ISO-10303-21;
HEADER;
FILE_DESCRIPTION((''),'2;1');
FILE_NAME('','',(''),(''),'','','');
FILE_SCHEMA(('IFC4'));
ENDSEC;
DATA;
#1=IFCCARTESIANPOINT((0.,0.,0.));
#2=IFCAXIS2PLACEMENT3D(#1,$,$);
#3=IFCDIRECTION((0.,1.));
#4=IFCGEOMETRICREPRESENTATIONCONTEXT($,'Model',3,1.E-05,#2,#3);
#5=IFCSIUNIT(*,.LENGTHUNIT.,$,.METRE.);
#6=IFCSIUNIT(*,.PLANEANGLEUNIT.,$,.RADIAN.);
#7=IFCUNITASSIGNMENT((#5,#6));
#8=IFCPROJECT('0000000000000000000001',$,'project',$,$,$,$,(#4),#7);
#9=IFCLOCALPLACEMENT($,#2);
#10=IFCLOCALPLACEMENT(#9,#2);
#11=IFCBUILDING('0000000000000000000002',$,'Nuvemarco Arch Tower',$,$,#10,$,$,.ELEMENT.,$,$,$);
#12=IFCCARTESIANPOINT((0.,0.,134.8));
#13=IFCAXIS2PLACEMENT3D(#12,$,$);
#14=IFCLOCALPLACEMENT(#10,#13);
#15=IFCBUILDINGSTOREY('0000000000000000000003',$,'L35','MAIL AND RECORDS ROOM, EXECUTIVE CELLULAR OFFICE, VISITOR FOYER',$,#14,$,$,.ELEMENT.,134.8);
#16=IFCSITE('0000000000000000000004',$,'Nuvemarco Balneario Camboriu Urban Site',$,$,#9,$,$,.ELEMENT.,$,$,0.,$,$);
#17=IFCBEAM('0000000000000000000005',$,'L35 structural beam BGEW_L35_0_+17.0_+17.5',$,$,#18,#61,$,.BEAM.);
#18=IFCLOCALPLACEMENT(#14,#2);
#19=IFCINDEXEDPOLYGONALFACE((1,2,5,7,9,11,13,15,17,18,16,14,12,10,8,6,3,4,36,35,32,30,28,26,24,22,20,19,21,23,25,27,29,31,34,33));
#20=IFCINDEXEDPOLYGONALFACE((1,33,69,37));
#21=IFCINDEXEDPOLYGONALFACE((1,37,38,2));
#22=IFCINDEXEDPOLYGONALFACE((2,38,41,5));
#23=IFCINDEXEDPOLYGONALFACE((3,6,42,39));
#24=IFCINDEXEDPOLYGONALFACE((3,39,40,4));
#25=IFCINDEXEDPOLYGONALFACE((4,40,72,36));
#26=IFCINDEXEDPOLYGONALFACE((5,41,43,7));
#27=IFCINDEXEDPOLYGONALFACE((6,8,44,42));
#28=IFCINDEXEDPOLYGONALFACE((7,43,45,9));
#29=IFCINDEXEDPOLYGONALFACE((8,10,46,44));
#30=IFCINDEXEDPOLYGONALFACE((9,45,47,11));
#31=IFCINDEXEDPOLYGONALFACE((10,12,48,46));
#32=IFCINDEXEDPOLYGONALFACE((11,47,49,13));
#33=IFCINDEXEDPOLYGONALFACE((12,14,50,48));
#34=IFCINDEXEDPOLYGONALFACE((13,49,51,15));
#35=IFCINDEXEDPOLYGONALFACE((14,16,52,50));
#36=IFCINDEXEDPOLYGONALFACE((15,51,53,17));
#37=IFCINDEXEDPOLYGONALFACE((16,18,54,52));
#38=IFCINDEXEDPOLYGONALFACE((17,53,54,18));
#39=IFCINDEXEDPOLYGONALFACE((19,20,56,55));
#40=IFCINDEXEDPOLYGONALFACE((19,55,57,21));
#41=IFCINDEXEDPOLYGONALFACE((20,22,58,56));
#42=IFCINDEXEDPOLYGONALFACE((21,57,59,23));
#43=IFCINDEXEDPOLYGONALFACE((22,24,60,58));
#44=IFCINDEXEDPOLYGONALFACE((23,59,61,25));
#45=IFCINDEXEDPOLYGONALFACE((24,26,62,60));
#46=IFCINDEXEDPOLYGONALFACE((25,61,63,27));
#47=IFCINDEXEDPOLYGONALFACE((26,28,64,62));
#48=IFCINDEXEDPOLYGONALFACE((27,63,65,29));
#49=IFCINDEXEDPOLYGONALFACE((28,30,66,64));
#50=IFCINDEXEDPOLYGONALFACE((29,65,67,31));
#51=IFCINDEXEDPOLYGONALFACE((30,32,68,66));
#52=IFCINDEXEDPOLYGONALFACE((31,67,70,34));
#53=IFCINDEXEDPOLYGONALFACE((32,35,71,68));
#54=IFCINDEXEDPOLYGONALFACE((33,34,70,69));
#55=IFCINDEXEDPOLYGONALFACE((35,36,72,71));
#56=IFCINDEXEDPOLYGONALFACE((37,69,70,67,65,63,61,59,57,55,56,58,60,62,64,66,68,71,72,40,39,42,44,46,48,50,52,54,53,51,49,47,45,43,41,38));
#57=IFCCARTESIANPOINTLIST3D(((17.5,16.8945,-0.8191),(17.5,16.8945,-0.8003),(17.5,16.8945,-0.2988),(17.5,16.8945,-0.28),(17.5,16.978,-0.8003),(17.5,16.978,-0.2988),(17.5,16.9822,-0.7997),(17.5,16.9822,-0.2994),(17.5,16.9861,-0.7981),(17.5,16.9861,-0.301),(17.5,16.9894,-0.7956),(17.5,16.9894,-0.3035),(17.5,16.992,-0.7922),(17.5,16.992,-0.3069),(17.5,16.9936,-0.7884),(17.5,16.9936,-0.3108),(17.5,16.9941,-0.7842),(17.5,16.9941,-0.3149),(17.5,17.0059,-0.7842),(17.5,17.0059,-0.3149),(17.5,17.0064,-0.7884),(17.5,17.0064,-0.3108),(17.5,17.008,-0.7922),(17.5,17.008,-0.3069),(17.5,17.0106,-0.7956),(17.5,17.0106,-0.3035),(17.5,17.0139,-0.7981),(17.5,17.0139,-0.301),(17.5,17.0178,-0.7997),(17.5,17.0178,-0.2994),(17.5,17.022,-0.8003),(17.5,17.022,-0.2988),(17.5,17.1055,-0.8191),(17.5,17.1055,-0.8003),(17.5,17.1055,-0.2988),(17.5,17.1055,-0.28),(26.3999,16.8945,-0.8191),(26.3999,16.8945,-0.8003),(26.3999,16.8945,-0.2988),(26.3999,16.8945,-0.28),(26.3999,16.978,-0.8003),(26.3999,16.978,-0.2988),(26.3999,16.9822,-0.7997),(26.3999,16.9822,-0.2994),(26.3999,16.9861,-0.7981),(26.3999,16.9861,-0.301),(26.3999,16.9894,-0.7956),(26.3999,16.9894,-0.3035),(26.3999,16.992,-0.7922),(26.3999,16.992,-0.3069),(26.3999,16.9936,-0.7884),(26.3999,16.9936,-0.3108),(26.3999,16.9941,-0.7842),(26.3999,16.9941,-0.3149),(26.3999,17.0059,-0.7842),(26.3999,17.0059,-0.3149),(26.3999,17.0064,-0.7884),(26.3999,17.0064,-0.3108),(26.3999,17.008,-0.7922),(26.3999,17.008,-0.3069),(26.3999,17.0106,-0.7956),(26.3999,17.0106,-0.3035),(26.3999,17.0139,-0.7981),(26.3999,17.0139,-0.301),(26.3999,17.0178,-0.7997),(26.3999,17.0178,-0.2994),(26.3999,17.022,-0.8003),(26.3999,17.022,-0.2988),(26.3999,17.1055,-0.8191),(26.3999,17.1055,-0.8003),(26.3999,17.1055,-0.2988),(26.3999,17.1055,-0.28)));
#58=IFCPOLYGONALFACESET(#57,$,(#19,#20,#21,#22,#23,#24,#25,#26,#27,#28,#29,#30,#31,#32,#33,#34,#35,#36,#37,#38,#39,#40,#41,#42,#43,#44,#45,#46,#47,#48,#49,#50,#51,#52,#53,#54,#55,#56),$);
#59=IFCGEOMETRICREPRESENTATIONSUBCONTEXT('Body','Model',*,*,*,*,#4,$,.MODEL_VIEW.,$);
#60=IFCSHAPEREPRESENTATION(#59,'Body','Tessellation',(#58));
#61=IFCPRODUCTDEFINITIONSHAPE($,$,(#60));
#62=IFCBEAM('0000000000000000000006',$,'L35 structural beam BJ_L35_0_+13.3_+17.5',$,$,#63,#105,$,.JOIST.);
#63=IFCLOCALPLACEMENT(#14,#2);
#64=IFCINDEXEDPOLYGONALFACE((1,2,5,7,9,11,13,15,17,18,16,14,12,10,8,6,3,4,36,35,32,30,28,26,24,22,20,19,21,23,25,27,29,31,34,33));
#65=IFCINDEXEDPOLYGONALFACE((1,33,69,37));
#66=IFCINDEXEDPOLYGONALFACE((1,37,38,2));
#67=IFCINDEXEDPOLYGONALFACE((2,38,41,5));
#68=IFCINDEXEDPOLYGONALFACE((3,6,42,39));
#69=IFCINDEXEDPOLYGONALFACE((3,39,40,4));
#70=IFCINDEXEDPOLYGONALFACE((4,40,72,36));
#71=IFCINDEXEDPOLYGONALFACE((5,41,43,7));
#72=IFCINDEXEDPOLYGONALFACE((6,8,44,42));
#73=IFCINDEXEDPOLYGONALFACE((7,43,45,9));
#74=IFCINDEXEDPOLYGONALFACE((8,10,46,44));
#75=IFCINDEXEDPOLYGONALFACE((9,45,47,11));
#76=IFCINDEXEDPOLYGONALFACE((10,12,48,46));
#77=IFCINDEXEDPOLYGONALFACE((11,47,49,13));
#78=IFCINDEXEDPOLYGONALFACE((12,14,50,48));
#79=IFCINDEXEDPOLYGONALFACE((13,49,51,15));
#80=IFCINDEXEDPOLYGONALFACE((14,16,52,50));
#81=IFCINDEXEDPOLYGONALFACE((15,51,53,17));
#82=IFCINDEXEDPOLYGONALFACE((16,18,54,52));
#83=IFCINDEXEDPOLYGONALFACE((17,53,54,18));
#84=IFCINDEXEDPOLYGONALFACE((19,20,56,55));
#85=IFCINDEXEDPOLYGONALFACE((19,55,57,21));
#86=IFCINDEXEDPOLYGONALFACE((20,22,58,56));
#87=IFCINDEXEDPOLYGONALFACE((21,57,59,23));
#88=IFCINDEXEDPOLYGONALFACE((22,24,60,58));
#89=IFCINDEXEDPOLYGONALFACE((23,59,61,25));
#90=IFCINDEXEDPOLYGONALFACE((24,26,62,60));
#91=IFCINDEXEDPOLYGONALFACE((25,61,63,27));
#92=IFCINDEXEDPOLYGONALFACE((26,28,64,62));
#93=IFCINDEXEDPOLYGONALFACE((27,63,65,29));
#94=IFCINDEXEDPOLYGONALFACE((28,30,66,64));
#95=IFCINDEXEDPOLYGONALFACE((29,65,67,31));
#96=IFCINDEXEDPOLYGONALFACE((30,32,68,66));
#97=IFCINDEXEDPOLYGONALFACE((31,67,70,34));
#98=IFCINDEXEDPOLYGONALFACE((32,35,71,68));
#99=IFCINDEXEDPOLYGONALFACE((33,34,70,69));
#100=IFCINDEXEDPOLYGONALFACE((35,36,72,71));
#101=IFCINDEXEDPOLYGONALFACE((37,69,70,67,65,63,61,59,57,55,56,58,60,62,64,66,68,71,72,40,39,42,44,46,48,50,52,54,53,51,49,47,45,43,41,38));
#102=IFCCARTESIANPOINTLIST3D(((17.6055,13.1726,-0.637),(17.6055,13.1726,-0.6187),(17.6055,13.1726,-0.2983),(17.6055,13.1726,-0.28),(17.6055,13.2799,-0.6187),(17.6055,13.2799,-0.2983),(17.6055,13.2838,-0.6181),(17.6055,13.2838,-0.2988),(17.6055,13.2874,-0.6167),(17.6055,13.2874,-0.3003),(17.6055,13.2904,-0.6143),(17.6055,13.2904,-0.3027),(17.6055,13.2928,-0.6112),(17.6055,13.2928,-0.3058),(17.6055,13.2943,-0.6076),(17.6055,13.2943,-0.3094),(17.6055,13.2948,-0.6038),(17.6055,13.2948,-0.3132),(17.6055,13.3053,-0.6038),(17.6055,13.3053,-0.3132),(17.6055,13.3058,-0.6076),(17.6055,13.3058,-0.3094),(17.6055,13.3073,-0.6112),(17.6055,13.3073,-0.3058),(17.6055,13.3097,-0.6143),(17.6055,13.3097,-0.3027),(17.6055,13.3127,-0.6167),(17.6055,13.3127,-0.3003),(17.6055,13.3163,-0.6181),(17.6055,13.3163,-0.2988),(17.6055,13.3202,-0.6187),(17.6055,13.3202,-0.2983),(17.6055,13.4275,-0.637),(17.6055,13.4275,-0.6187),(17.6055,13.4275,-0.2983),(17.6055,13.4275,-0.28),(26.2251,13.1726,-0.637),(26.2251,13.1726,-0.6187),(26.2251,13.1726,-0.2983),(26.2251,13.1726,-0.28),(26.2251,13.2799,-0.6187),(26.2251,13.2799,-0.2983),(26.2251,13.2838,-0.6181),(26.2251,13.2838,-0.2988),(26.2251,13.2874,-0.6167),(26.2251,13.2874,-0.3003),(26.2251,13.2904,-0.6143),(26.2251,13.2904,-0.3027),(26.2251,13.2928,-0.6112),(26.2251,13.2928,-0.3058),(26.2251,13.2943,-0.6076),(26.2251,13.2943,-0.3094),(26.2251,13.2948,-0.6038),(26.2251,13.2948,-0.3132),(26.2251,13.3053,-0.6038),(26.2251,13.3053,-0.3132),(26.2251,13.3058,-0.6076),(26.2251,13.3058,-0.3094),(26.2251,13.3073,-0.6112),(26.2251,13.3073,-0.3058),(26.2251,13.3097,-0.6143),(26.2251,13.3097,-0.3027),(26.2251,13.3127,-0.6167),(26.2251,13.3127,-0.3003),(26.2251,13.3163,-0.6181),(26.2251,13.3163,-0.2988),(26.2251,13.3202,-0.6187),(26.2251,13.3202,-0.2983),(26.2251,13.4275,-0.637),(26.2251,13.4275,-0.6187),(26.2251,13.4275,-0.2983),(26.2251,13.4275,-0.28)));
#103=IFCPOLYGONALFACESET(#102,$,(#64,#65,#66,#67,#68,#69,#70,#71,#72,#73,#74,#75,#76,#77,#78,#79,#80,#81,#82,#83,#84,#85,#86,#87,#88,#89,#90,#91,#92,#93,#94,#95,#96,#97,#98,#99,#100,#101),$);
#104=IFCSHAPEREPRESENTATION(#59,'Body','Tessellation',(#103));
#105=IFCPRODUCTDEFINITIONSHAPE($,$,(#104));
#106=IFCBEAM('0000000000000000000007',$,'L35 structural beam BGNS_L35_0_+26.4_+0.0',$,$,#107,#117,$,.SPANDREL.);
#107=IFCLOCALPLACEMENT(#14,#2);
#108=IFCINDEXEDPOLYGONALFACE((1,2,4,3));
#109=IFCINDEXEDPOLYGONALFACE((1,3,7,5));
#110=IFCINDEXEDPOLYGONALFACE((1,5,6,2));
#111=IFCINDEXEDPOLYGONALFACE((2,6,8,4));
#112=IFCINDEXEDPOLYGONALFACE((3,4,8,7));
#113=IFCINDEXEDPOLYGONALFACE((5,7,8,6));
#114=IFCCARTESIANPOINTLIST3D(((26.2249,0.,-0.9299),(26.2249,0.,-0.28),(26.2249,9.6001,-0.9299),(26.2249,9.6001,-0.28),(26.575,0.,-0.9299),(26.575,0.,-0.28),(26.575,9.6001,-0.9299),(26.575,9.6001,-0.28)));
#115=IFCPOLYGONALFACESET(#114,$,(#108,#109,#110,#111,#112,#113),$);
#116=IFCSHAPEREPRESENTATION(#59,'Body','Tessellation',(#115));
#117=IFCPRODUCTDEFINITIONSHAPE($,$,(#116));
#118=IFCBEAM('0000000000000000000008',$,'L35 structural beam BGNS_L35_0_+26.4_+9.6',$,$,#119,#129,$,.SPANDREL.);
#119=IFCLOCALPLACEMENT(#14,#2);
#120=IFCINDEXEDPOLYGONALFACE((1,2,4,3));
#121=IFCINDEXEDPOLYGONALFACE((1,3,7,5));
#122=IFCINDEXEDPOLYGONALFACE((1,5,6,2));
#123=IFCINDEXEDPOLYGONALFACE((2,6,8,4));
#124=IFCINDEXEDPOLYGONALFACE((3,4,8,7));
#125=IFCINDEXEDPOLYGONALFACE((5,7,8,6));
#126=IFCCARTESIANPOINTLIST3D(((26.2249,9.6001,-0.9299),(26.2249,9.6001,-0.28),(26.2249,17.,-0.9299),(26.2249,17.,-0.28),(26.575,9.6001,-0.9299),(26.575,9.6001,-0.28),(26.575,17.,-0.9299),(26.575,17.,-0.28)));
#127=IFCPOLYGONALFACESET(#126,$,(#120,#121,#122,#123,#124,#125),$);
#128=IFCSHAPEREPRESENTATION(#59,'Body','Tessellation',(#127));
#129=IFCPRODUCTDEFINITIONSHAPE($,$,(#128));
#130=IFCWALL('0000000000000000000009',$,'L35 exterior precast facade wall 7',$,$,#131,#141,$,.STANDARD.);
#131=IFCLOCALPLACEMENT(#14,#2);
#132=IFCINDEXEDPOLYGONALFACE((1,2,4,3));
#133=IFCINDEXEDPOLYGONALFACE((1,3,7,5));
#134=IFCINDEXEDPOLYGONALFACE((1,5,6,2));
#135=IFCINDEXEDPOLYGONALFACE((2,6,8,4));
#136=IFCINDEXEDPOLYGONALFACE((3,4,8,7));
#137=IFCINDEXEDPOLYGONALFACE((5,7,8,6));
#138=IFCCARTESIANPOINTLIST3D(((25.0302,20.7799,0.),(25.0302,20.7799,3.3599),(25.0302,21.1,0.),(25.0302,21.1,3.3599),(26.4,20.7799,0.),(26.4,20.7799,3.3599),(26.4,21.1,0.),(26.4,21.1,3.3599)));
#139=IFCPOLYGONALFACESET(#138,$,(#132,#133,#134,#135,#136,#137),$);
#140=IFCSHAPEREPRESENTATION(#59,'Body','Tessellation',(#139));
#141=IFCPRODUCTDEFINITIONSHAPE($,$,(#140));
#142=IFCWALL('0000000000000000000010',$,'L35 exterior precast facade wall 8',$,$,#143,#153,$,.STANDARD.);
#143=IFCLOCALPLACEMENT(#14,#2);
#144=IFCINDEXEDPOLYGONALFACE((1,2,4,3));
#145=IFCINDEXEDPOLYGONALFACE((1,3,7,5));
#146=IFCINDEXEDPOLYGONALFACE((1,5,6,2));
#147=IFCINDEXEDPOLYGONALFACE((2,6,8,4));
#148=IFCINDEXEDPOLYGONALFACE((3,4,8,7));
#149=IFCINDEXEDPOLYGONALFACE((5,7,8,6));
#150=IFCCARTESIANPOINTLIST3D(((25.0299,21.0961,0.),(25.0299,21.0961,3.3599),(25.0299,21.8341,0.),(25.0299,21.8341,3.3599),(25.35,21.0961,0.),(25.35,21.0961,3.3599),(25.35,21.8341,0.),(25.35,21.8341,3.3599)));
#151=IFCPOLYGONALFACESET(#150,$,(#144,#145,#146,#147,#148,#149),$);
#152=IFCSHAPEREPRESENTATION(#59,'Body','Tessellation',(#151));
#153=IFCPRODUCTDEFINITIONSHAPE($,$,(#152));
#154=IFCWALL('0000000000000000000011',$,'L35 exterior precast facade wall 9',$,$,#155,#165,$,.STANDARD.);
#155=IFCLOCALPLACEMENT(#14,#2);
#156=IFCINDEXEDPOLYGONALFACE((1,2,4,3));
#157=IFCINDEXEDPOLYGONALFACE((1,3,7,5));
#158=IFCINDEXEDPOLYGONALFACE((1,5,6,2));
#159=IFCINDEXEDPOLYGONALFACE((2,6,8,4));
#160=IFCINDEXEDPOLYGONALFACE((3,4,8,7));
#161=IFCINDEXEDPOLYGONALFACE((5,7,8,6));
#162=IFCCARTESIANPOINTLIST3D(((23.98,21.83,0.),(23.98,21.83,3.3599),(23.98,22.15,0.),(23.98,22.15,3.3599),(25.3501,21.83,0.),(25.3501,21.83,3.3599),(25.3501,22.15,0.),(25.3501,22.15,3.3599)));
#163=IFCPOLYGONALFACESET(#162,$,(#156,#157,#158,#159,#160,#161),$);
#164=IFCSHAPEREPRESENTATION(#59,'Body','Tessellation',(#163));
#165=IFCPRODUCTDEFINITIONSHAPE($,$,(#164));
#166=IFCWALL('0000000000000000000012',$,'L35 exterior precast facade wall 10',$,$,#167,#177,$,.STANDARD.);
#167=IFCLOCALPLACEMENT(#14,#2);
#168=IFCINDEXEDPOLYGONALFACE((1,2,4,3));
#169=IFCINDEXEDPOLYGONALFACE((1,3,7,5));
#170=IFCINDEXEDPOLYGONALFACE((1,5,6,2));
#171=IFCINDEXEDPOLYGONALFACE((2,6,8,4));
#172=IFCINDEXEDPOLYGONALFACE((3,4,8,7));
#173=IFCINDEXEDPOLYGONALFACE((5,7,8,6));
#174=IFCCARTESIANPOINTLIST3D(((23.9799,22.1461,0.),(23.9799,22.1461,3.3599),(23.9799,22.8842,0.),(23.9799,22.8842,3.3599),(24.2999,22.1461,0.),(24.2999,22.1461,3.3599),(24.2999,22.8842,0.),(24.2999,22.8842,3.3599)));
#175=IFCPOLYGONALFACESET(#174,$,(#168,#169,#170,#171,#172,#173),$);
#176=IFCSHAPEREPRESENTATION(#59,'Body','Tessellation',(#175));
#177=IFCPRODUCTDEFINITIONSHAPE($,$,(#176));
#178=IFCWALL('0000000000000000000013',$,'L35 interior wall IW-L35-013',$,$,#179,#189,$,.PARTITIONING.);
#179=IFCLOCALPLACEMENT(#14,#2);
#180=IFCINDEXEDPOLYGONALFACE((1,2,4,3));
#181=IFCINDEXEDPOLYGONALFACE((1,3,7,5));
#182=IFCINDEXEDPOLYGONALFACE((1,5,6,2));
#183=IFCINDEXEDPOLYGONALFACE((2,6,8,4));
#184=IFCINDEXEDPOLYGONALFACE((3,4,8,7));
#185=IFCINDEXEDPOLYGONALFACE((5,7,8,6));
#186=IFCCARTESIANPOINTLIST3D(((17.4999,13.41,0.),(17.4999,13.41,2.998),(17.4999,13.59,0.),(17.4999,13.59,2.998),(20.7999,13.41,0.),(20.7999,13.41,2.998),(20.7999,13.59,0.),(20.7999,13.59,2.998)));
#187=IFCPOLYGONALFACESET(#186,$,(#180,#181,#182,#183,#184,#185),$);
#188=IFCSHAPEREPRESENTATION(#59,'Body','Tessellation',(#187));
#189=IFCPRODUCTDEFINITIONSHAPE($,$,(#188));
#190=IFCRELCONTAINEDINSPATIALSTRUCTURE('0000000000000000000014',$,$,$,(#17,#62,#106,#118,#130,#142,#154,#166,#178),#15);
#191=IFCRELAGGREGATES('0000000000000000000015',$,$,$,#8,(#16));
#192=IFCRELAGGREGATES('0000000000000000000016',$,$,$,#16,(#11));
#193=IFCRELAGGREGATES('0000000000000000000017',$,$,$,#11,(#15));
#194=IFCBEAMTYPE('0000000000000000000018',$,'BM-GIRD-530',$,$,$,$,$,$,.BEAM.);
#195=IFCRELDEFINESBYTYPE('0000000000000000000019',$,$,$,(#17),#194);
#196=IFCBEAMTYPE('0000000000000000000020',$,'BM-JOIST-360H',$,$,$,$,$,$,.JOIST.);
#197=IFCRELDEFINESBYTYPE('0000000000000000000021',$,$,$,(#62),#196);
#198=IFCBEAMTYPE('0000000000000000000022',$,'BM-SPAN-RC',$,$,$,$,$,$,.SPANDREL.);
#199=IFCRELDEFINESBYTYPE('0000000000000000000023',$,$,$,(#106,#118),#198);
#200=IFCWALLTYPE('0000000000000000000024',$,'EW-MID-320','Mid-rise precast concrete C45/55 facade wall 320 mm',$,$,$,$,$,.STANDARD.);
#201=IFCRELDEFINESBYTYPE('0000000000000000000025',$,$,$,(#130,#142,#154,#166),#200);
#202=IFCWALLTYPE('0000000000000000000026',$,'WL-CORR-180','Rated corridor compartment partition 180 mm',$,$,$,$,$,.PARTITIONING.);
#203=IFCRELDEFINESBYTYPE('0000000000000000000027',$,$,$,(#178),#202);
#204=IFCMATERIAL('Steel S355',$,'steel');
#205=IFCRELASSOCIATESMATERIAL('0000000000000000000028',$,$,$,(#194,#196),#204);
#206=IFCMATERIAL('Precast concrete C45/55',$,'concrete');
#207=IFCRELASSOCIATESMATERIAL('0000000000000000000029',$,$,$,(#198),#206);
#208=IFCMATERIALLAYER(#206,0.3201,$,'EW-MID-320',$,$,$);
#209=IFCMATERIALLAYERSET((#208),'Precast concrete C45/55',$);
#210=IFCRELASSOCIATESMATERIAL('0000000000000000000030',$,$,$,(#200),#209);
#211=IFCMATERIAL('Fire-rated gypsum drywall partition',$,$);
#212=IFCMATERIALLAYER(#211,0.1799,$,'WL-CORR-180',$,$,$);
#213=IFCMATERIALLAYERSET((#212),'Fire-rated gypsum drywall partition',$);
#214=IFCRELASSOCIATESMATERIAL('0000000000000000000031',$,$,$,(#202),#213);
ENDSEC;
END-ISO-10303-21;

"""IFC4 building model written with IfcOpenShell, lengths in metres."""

from ifc_helpers import new_model, si_unit, direction, frame, frame_2d, origin, origin_2d, place, context, subcontext, project, spatial, rectangle, i_section, extrude, material, layer, layer_set, material_profile, profile_set, type_object, element, save


model = new_model("IFC4")

# Units and contexts
model_context = context("Model", 3, precision=1e-05, world=origin(), true_north=direction((0.0, 1.0)))
body_context = subcontext(model_context, "Body", "Model", "MODEL_VIEW")
ifc_project = project(units=[si_unit("LENGTHUNIT", "METRE"), si_unit("PLANEANGLEUNIT", "RADIAN")], contexts=[model_context])

# Site, building, storey
site_placement = place(None, origin())
site = spatial("IfcSite", under=ifc_project, at=site_placement, Name="Nuvemarco Balneario Camboriu Urban Site", CompositionType="ELEMENT", RefElevation=0.0)
building_placement = place(site_placement, origin())
building = spatial("IfcBuilding", under=site, at=building_placement, Name="Nuvemarco Arch Tower", CompositionType="ELEMENT")
storey_placement = place(building_placement, frame((0.0, 0.0, 134.8)))
storey = spatial("IfcBuildingStorey", under=building, at=storey_placement, Name="L35", Description="MAIL AND RECORDS ROOM, EXECUTIVE CELLULAR OFFICE, VISITOR FOYER", CompositionType="ELEMENT", Elevation=134.8)

# Shared definitions
ifc_material_1 = material(Name="Steel S355", Category="steel")

# Beams
ifc_material_profile_1 = material_profile(ifc_material_1, i_section(OverallWidth=0.2109, OverallDepth=0.5391, WebThickness=0.0117, FlangeThickness=0.0188, FilletRadius=0.0161, at=origin_2d()), Name="W530x109")
ifc_profile_set_1 = profile_set([ifc_material_profile_1], Name="Steel S355")
beam_type_1 = type_object("IfcBeamType", Name="BM-GIRD-530", PredefinedType="BEAM", material=ifc_profile_set_1)
for number, where, z_axis, x_axis, name in (
    (1, (17.5, 17.0, -0.5496), (1.0, 0.0, 0.0), (0.0, 1.0, 0.0), "L35 structural beam BGEW_L35_0_+17.0_+17.5"),
):
    element("IfcBeam", number, at=place(storey_placement, frame(where, z_axis=z_axis, x_axis=x_axis)), inside=storey, type_object=beam_type_1, Name=name, PredefinedType="BEAM", context=body_context, shape_type="SweptSolid", body=[
        extrude(i_section(OverallWidth=0.2109, OverallDepth=0.5391, WebThickness=0.0117, FlangeThickness=0.0188, FilletRadius=0.0161, at=origin_2d()), origin(), (0.0, 0.0, 1.0), 8.8999),
    ])
ifc_material_profile_2 = material_profile(ifc_material_1, i_section(OverallWidth=0.2549, OverallDepth=0.3569, WebThickness=0.0105, FlangeThickness=0.0183, FilletRadius=0.0149, at=origin_2d()), Name="W360x101")
ifc_profile_set_2 = profile_set([ifc_material_profile_2], Name="Steel S355")
beam_type_2 = type_object("IfcBeamType", Name="BM-JOIST-360H", PredefinedType="JOIST", material=ifc_profile_set_2)
beam_1_placement = place(storey_placement, frame((17.6055, 13.3, -0.4585), z_axis=(1.0, 0.0, 0.0), x_axis=(0.0, 1.0, 0.0)))
element("IfcBeam", 2, at=beam_1_placement, inside=storey, type_object=beam_type_2, Name="L35 structural beam BJ_L35_0_+13.3_+17.5", PredefinedType="JOIST", context=body_context, shape_type="SweptSolid", body=[
    extrude(i_section(OverallWidth=0.2549, OverallDepth=0.3569, WebThickness=0.0105, FlangeThickness=0.0183, FilletRadius=0.0149, at=origin_2d()), origin(), (0.0, 0.0, 1.0), 8.6196),
])
ifc_material_2 = material(Name="Precast concrete C45/55", Category="concrete")
ifc_material_profile_3 = material_profile(ifc_material_2, rectangle(XDim=0.3501, YDim=0.6499, at=origin_2d()), Name="PC-SP-350x650")
ifc_profile_set_3 = profile_set([ifc_material_profile_3], Name="Precast concrete C45/55")
beam_type_3 = type_object("IfcBeamType", Name="BM-SPAN-RC", PredefinedType="SPANDREL", material=ifc_profile_set_3)
beam_2_placement = place(storey_placement, frame((26.3999, 0.0, -0.605), z_axis=(0.0, 1.0, 0.0), x_axis=(-1.0, 0.0, 0.0)))
element("IfcBeam", 3, at=beam_2_placement, inside=storey, type_object=beam_type_3, Name="L35 structural beam BGNS_L35_0_+26.4_+0.0", PredefinedType="SPANDREL", context=body_context, shape_type="SweptSolid", body=[
    extrude(rectangle(XDim=0.3501, YDim=0.6499, at=origin_2d()), origin(), (0.0, 0.0, 1.0), 9.6001),
])
beam_3_placement = place(storey_placement, frame((26.3999, 9.6001, -0.605), z_axis=(0.0, 1.0, 0.0), x_axis=(-1.0, 0.0, 0.0)))
element("IfcBeam", 4, at=beam_3_placement, inside=storey, type_object=beam_type_3, Name="L35 structural beam BGNS_L35_0_+26.4_+9.6", PredefinedType="SPANDREL", context=body_context, shape_type="SweptSolid", body=[
    extrude(rectangle(XDim=0.3501, YDim=0.6499, at=origin_2d()), origin(), (0.0, 0.0, 1.0), 7.3999),
])

# Walls
ifc_layer_1 = layer(ifc_material_2, 0.3201, Name="EW-MID-320")
ifc_layer_set_1 = layer_set([ifc_layer_1], Name="Precast concrete C45/55")
wall_type_1 = type_object("IfcWallType", Name="EW-MID-320", Description="Mid-rise precast concrete C45/55 facade wall 320 mm", PredefinedType="STANDARD", material=ifc_layer_set_1)
wall_1_placement = place(storey_placement, frame((25.03, 20.9399, 0.0), z_axis=(0.0, 0.0, 1.0), x_axis=(1.0, 0.0, 0.0)))
element("IfcWall", 5, at=wall_1_placement, inside=storey, type_object=wall_type_1, Name="L35 exterior precast facade wall 7", PredefinedType="STANDARD", context=body_context, shape_type="SweptSolid", body=[
    extrude(rectangle(XDim=1.3699, YDim=0.3201, at=frame_2d((0.6851, 0.0))), origin(), (0.0, 0.0, 1.0), 3.3599),
])
wall_2_placement = place(storey_placement, frame((25.1899, 21.0959, 0.0), z_axis=(0.0, 0.0, 1.0), x_axis=(0.0, 1.0, 0.0)))
element("IfcWall", 6, at=wall_2_placement, inside=storey, type_object=wall_type_1, Name="L35 exterior precast facade wall 8", PredefinedType="STANDARD", context=body_context, shape_type="SweptSolid", body=[
    extrude(rectangle(XDim=0.738, YDim=0.3201, at=frame_2d((0.3691, 0.0))), origin(), (0.0, 0.0, 1.0), 3.3599),
])
wall_3_placement = place(storey_placement, frame((23.98, 21.99, 0.0), z_axis=(0.0, 0.0, 1.0), x_axis=(1.0, 0.0, 0.0)))
element("IfcWall", 7, at=wall_3_placement, inside=storey, type_object=wall_type_1, Name="L35 exterior precast facade wall 9", PredefinedType="STANDARD", context=body_context, shape_type="SweptSolid", body=[
    extrude(rectangle(XDim=1.3701, YDim=0.3201, at=frame_2d((0.6851, 0.0))), origin(), (0.0, 0.0, 1.0), 3.3599),
])
wall_4_placement = place(storey_placement, frame((24.1399, 22.146, 0.0), z_axis=(0.0, 0.0, 1.0), x_axis=(0.0, 1.0, 0.0)))
element("IfcWall", 8, at=wall_4_placement, inside=storey, type_object=wall_type_1, Name="L35 exterior precast facade wall 10", PredefinedType="STANDARD", context=body_context, shape_type="SweptSolid", body=[
    extrude(rectangle(XDim=0.738, YDim=0.3201, at=frame_2d((0.3691, 0.0))), origin(), (0.0, 0.0, 1.0), 3.3599),
])
ifc_material_3 = material(Name="Fire-rated gypsum drywall partition")
ifc_layer_2 = layer(ifc_material_3, 0.1799, Name="WL-CORR-180")
ifc_layer_set_2 = layer_set([ifc_layer_2], Name="Fire-rated gypsum drywall partition")
wall_type_2 = type_object("IfcWallType", Name="WL-CORR-180", Description="Rated corridor compartment partition 180 mm", PredefinedType="PARTITIONING", material=ifc_layer_set_2)
wall_5_placement = place(storey_placement, frame((17.5, 13.5, 0.0), z_axis=(0.0, 0.0, 1.0), x_axis=(1.0, 0.0, 0.0)))
element("IfcWall", 9, at=wall_5_placement, inside=storey, type_object=wall_type_2, Name="L35 interior wall IW-L35-013", PredefinedType="PARTITIONING", context=body_context, shape_type="SweptSolid", body=[
    extrude(rectangle(XDim=3.3, YDim=0.1799, at=frame_2d((1.6499, 0.0))), origin(), (0.0, 0.0, 1.0), 2.998),
])

save(model, "model.ifc")
